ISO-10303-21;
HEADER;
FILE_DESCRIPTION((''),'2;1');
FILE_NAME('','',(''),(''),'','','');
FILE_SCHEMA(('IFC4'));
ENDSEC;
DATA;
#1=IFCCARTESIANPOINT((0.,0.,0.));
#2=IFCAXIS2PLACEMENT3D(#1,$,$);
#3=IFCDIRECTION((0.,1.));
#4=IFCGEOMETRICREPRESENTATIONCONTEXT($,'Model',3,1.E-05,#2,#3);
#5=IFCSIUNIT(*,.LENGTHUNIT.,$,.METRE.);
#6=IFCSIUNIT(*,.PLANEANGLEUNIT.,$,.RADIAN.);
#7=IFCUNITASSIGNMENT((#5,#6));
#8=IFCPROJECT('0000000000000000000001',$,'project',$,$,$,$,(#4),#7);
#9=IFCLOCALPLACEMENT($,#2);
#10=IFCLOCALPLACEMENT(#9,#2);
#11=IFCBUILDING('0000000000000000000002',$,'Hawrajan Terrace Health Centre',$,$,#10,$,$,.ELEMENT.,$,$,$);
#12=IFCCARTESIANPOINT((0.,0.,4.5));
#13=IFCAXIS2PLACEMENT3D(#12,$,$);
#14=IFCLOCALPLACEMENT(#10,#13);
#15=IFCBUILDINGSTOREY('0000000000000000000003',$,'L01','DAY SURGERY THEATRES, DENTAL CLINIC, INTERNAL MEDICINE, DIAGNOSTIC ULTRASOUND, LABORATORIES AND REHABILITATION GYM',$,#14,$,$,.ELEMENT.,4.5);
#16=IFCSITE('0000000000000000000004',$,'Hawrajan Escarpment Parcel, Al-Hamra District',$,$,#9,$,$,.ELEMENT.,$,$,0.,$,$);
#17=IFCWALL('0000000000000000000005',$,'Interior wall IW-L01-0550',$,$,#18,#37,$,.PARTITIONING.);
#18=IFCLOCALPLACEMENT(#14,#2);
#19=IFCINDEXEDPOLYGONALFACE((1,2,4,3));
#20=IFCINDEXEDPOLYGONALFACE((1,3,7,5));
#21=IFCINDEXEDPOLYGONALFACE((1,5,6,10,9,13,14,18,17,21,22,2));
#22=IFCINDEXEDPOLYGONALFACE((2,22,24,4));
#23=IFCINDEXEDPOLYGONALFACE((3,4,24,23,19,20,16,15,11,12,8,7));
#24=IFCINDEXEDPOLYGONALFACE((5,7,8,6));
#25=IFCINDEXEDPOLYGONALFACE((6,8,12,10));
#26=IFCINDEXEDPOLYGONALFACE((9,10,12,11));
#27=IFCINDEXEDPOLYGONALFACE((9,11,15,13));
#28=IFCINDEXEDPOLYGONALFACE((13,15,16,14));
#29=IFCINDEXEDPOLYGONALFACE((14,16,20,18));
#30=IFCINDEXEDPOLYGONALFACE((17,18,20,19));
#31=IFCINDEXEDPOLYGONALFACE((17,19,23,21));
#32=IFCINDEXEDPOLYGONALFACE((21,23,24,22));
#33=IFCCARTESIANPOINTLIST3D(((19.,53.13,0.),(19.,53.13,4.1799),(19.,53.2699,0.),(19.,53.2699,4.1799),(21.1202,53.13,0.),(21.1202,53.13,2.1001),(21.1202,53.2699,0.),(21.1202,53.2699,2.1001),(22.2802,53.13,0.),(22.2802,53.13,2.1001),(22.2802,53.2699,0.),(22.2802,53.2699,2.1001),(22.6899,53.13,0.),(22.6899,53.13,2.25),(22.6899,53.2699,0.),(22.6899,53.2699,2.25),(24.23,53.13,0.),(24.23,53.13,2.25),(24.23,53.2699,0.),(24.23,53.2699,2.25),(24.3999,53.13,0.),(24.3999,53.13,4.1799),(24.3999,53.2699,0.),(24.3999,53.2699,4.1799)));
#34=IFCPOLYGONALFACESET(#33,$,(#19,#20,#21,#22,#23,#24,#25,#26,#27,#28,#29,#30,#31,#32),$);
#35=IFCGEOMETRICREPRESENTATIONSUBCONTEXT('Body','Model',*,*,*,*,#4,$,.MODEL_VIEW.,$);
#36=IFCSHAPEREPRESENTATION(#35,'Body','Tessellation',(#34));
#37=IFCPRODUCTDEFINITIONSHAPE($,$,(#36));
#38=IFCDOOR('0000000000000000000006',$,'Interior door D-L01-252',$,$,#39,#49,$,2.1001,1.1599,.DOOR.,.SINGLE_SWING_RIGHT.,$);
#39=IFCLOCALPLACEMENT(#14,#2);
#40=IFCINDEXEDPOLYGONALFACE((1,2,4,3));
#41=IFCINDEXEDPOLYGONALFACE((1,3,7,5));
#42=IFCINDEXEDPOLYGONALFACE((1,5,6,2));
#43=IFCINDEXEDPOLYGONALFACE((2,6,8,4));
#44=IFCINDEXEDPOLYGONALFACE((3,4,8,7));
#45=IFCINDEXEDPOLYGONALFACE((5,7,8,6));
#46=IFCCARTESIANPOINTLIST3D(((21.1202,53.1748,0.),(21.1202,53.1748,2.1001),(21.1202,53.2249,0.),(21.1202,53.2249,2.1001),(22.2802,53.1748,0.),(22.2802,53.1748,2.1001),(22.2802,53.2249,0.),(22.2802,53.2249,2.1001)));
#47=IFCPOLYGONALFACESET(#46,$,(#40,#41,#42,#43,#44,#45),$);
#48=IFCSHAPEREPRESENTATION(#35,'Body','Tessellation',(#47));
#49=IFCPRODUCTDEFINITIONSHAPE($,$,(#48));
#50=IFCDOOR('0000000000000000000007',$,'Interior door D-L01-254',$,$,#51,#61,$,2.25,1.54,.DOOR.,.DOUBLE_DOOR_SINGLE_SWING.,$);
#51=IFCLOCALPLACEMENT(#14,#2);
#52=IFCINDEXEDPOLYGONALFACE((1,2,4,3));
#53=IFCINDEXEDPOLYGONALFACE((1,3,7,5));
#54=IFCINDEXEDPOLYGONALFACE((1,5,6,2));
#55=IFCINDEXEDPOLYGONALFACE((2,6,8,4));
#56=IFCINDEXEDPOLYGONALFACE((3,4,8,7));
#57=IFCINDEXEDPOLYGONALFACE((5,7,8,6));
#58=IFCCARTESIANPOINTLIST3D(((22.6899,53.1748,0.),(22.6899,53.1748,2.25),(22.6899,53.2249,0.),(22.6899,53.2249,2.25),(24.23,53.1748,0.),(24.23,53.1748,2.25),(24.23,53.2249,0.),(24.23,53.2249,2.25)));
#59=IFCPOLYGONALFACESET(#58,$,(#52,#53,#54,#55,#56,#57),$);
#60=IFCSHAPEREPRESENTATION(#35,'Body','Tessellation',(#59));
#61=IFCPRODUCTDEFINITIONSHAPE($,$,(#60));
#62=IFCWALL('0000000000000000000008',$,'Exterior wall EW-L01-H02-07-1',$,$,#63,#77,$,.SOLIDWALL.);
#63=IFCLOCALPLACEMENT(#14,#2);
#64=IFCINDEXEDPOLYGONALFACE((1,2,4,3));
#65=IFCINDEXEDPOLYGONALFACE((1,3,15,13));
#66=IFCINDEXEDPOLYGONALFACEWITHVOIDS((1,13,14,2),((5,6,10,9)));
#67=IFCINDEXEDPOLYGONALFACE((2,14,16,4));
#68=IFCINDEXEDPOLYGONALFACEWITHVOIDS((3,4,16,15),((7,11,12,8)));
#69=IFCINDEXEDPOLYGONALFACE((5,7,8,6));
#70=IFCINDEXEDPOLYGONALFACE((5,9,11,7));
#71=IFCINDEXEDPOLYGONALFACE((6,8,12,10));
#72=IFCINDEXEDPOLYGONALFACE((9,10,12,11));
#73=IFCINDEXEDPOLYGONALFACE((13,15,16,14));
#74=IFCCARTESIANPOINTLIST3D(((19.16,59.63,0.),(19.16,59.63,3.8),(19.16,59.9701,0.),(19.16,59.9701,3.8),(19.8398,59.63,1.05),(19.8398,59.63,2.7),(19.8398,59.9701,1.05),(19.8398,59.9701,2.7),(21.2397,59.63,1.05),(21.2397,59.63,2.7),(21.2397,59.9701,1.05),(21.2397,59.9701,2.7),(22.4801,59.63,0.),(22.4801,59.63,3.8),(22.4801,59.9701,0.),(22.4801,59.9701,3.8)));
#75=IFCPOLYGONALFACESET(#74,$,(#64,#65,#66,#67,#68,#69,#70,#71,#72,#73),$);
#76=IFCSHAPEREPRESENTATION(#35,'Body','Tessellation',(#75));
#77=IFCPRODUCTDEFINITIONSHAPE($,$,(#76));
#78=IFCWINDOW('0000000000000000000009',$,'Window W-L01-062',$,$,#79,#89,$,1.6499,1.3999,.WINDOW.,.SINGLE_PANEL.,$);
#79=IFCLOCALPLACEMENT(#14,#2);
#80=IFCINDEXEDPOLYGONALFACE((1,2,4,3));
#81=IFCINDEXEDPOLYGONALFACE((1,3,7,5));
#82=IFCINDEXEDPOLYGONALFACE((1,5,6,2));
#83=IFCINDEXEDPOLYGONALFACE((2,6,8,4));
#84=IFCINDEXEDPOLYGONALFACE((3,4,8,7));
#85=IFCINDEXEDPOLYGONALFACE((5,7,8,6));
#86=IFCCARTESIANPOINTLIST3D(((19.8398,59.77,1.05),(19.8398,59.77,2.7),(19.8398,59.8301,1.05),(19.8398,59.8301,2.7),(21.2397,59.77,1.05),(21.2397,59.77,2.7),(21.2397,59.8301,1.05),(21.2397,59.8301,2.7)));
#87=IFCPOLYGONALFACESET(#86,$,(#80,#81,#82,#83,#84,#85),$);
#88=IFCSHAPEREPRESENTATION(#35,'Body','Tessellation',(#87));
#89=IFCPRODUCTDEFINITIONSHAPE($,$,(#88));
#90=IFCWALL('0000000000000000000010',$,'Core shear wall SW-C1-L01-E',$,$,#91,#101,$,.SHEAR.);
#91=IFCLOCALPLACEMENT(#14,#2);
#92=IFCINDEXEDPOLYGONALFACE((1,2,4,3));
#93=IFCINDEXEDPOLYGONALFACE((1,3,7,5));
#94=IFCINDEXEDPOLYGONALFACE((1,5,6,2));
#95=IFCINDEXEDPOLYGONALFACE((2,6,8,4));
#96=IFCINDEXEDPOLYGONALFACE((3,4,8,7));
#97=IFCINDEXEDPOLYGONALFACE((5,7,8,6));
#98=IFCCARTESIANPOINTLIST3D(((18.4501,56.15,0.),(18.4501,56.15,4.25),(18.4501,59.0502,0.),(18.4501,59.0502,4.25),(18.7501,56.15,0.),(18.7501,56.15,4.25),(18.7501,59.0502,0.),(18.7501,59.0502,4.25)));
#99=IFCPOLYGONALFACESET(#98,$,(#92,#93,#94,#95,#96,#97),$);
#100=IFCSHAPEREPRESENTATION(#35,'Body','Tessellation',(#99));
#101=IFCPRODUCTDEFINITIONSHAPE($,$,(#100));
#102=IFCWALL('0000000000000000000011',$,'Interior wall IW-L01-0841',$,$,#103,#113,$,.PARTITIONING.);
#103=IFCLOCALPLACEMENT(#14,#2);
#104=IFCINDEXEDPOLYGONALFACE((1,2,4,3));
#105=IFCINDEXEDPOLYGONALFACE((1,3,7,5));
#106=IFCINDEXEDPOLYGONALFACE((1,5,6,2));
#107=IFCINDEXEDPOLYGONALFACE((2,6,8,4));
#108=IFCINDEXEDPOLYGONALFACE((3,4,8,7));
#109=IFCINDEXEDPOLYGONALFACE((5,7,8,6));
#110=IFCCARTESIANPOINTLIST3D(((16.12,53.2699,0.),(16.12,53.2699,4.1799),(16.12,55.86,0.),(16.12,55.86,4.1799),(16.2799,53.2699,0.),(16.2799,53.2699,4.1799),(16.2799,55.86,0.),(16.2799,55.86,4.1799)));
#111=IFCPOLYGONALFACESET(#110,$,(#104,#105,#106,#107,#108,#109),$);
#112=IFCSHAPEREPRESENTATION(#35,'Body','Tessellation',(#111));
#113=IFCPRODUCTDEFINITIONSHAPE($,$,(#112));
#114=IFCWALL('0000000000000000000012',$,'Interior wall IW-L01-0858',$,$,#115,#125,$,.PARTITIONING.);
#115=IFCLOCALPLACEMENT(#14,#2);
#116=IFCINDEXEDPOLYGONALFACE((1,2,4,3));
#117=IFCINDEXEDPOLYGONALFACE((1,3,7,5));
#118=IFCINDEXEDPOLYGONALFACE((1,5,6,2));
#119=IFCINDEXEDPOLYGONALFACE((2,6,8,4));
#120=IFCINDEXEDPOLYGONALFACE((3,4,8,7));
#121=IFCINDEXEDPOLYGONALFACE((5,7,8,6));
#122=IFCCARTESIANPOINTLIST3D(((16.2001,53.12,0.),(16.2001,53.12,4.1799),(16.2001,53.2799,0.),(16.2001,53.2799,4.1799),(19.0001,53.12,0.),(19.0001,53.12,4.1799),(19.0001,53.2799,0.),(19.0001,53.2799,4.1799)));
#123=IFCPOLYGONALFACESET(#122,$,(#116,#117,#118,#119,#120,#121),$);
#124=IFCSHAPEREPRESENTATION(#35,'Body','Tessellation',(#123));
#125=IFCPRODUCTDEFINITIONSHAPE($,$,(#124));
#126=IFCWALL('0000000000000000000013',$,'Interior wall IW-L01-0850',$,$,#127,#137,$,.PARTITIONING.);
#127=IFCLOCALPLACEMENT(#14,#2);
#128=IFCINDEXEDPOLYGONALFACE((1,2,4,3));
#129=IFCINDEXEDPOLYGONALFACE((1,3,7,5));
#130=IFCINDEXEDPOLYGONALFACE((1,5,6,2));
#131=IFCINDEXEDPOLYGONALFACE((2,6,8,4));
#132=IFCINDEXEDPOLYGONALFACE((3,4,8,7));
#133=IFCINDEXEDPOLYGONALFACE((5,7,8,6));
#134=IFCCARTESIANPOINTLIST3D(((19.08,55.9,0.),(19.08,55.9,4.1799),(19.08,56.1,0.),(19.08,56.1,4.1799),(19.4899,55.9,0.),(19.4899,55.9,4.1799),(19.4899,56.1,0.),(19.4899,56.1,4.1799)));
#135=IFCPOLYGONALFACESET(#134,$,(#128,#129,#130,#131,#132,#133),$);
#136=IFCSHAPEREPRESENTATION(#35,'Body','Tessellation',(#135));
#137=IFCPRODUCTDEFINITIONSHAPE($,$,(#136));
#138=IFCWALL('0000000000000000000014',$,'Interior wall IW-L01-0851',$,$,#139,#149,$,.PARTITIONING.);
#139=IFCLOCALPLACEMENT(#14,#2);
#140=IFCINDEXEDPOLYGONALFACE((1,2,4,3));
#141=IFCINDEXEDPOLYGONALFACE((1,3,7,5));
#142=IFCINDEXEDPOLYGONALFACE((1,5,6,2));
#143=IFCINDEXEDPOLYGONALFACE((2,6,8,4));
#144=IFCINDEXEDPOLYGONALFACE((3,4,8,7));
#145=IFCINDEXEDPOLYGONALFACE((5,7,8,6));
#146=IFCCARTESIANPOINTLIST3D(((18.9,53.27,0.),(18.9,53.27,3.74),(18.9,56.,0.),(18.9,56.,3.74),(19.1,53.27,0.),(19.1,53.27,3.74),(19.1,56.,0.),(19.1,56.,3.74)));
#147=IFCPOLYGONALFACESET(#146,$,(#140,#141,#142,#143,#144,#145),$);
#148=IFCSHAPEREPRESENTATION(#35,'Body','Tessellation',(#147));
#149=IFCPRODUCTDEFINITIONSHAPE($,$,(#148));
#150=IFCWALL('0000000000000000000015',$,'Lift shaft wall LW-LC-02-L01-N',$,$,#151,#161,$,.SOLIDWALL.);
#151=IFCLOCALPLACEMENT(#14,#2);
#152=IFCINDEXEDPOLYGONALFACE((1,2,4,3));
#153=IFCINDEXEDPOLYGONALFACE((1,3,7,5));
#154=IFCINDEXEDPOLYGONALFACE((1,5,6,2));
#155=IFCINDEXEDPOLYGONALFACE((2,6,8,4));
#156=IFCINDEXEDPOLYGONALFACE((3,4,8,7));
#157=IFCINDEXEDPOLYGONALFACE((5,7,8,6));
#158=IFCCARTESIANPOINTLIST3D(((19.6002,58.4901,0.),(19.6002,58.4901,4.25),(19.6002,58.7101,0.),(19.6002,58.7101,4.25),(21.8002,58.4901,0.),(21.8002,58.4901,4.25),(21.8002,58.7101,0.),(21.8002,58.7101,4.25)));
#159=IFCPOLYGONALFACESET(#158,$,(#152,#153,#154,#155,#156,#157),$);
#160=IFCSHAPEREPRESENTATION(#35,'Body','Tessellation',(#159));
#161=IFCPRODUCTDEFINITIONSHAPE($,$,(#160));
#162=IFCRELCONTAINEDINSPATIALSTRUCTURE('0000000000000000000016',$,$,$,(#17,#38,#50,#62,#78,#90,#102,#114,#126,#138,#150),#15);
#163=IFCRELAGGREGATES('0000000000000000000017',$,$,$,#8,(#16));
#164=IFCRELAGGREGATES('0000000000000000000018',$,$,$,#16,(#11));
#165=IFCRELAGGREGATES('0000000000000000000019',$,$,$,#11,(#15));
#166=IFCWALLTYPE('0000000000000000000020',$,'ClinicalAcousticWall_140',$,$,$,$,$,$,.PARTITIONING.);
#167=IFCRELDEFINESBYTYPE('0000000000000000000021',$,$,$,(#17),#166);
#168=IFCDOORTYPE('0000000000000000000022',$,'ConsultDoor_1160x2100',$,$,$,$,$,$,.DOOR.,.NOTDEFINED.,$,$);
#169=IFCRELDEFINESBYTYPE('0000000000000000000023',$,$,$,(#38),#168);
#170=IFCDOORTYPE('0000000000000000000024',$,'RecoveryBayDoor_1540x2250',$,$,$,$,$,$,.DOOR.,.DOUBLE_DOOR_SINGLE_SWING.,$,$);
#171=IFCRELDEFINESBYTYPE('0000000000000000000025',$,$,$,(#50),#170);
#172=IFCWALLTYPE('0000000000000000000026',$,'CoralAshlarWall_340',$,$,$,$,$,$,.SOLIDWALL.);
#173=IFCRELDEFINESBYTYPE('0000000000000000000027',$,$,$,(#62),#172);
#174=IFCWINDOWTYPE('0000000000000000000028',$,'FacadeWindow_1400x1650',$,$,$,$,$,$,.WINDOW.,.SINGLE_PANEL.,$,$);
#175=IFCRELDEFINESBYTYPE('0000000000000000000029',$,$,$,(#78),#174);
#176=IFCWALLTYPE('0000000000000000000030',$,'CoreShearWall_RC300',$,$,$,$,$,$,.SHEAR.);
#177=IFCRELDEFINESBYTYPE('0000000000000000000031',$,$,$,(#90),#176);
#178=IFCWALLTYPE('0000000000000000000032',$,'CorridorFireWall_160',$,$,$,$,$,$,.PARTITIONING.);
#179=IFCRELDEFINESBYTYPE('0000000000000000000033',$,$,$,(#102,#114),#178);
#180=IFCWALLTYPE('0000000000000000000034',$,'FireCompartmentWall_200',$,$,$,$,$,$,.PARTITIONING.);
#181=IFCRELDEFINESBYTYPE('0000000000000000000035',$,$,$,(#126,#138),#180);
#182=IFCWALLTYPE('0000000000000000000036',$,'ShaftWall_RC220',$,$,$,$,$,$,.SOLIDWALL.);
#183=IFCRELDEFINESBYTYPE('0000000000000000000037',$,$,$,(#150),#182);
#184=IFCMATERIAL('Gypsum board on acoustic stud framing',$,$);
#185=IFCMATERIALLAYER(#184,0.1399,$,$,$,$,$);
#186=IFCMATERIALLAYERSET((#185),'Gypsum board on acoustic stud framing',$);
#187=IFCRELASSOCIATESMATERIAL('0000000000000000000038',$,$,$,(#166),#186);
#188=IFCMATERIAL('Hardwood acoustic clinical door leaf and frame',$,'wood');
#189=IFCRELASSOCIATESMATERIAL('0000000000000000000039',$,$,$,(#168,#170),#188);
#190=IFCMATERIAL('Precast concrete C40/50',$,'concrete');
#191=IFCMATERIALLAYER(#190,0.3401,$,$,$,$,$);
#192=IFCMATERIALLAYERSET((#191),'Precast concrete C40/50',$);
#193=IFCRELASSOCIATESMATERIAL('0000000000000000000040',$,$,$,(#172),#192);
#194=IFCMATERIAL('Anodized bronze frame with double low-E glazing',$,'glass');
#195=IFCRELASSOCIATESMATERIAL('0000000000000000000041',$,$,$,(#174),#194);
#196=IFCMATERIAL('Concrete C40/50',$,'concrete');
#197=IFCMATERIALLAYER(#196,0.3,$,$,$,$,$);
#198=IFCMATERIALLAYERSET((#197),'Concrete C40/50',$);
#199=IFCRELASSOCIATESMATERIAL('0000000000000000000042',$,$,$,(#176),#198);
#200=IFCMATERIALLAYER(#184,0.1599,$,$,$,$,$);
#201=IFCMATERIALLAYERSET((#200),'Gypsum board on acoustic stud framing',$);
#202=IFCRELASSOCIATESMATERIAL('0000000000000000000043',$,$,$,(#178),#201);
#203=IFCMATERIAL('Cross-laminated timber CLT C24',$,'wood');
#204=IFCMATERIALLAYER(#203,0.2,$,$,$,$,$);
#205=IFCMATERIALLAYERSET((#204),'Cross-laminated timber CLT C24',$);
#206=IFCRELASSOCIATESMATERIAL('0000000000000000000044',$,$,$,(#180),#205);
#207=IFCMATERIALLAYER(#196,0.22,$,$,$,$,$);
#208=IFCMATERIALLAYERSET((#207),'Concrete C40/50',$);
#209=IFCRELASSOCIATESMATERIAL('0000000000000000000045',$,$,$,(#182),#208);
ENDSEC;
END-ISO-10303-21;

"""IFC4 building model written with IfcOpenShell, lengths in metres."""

from ifc_helpers import new_model, si_unit, direction, frame, frame_2d, origin, place, context, subcontext, project, spatial, rectangle, extrude, material, layer, layer_set, type_object, element, fill, save


model = new_model("IFC4")

# Units and contexts
model_context = context("Model", 3, precision=1e-05, world=origin(), true_north=direction((0.0, 1.0)))
body_context = subcontext(model_context, "Body", "Model", "MODEL_VIEW")
ifc_project = project(units=[si_unit("LENGTHUNIT", "METRE"), si_unit("PLANEANGLEUNIT", "RADIAN")], contexts=[model_context])

# Site, building, storey
site_placement = place(None, origin())
site = spatial("IfcSite", under=ifc_project, at=site_placement, Name="Hawrajan Escarpment Parcel, Al-Hamra District", CompositionType="ELEMENT", RefElevation=0.0)
building_placement = place(site_placement, origin())
building = spatial("IfcBuilding", under=site, at=building_placement, Name="Hawrajan Terrace Health Centre", CompositionType="ELEMENT")
storey_placement = place(building_placement, frame((0.0, 0.0, 4.5)))
storey = spatial("IfcBuildingStorey", under=building, at=storey_placement, Name="L01", Description="DAY SURGERY THEATRES, DENTAL CLINIC, INTERNAL MEDICINE, DIAGNOSTIC ULTRASOUND, LABORATORIES AND REHABILITATION GYM", CompositionType="ELEMENT", Elevation=4.5)

# Shared definitions
ifc_material_1 = material(Name="Concrete C40/50", Category="concrete")

# Wall, openings, doors
ifc_material_2 = material(Name="Gypsum board on acoustic stud framing")
ifc_layer_1 = layer(ifc_material_2, 0.1399)
ifc_layer_set_1 = layer_set([ifc_layer_1], Name="Gypsum board on acoustic stud framing")
wall_type_1 = type_object("IfcWallType", Name="ClinicalAcousticWall_140", PredefinedType="PARTITIONING", material=ifc_layer_set_1)
wall_1_placement = place(storey_placement, frame((19.0, 53.2, 0.0), z_axis=(0.0, 0.0, 1.0), x_axis=(1.0, 0.0, 0.0)))
wall_1 = element("IfcWall", 1, at=wall_1_placement, inside=storey, type_object=wall_type_1, Name="Interior wall IW-L01-0550", PredefinedType="PARTITIONING", context=body_context, shape_type="SweptSolid", body=[
    extrude(rectangle(XDim=5.3999, YDim=0.1399, at=frame_2d((2.7, 0.0))), origin(), (0.0, 0.0, 1.0), 4.1799),
])
opening_1_placement = place(wall_1_placement, frame((2.1201, 0.0, 0.0)))
opening_1 = element("IfcOpeningElement", 2, at=opening_1_placement, cuts=wall_1, PredefinedType="OPENING", context=body_context, shape_type="SweptSolid", body=[
    extrude(rectangle(XDim=1.1599, YDim=2.1001, at=frame_2d((0.5801, 1.05))), frame((0.0, 0.0798, 0.0), z_axis=(0.0, -1.0, 0.0), x_axis=(1.0, 0.0, 0.0)), (0.0, 0.0, 1.0), 0.1599),
])
opening_2_placement = place(wall_1_placement, frame((3.6899, 0.0, 0.0)))
opening_2 = element("IfcOpeningElement", 3, at=opening_2_placement, cuts=wall_1, PredefinedType="OPENING", context=body_context, shape_type="SweptSolid", body=[
    extrude(rectangle(XDim=1.54, YDim=2.25, at=frame_2d((0.77, 1.125))), frame((0.0, 0.0798, 0.0), z_axis=(0.0, -1.0, 0.0), x_axis=(1.0, 0.0, 0.0)), (0.0, 0.0, 1.0), 0.1599),
])
ifc_material_3 = material(Name="Hardwood acoustic clinical door leaf and frame", Category="wood")
door_type_1 = type_object("IfcDoorType", Name="ConsultDoor_1160x2100", OperationType="NOTDEFINED", PredefinedType="DOOR", material=ifc_material_3)
door_1_placement = place(opening_1_placement, origin())
door_1 = element("IfcDoor", 4, at=door_1_placement, inside=storey, type_object=door_type_1, Name="Interior door D-L01-252", OperationType="SINGLE_SWING_RIGHT", OverallHeight=2.1001, OverallWidth=1.1599, PredefinedType="DOOR", context=body_context, shape_type="SweptSolid", body=[
    extrude(rectangle(XDim=1.1599, YDim=2.1001, at=frame_2d((0.5801, 1.05))), frame((0.0, 0.0249, 0.0), z_axis=(0.0, -1.0, 0.0), x_axis=(1.0, 0.0, 0.0)), (0.0, 0.0, 1.0), 0.05),
])
fill(opening_1, door_1)
door_type_2 = type_object("IfcDoorType", Name="RecoveryBayDoor_1540x2250", OperationType="DOUBLE_DOOR_SINGLE_SWING", PredefinedType="DOOR", material=ifc_material_3)
door_2_placement = place(opening_2_placement, origin())
door_2 = element("IfcDoor", 5, at=door_2_placement, inside=storey, type_object=door_type_2, Name="Interior door D-L01-254", OperationType="DOUBLE_DOOR_SINGLE_SWING", OverallHeight=2.25, OverallWidth=1.54, PredefinedType="DOOR", context=body_context, shape_type="SweptSolid", body=[
    extrude(rectangle(XDim=1.54, YDim=2.25, at=frame_2d((0.77, 1.125))), frame((0.0, 0.0249, 0.0), z_axis=(0.0, -1.0, 0.0), x_axis=(1.0, 0.0, 0.0)), (0.0, 0.0, 1.0), 0.05),
])
fill(opening_2, door_2)

# Wall, opening, window
ifc_material_4 = material(Name="Precast concrete C40/50", Category="concrete")
ifc_layer_2 = layer(ifc_material_4, 0.3401)
ifc_layer_set_2 = layer_set([ifc_layer_2], Name="Precast concrete C40/50")
wall_type_2 = type_object("IfcWallType", Name="CoralAshlarWall_340", PredefinedType="SOLIDWALL", material=ifc_layer_set_2)
wall_2_placement = place(storey_placement, frame((19.1599, 59.8, 0.0), z_axis=(0.0, 0.0, 1.0), x_axis=(1.0, 0.0, 0.0)))
wall_2 = element("IfcWall", 6, at=wall_2_placement, inside=storey, type_object=wall_type_2, Name="Exterior wall EW-L01-H02-07-1", PredefinedType="SOLIDWALL", context=body_context, shape_type="SweptSolid", body=[
    extrude(rectangle(XDim=3.3201, YDim=0.3401, at=frame_2d((1.6602, 0.0))), origin(), (0.0, 0.0, 1.0), 3.8),
])
opening_3_placement = place(wall_2_placement, frame((0.6799, 0.0, 1.05)))
opening_3 = element("IfcOpeningElement", 7, at=opening_3_placement, cuts=wall_2, PredefinedType="OPENING", context=body_context, shape_type="SweptSolid", body=[
    extrude(rectangle(XDim=1.3999, YDim=1.6499, at=frame_2d((0.7, 0.825))), frame((0.0, 0.1799, 0.0), z_axis=(0.0, -1.0, 0.0), x_axis=(1.0, 0.0, 0.0)), (0.0, 0.0, 1.0), 0.3601),
])
ifc_material_5 = material(Name="Anodized bronze frame with double low-E glazing", Category="glass")
window_type = type_object("IfcWindowType", Name="FacadeWindow_1400x1650", PartitioningType="SINGLE_PANEL", PredefinedType="WINDOW", material=ifc_material_5)
window_placement = place(opening_3_placement, origin())
window = element("IfcWindow", 8, at=window_placement, inside=storey, type_object=window_type, Name="Window W-L01-062", OverallHeight=1.6499, OverallWidth=1.3999, PartitioningType="SINGLE_PANEL", PredefinedType="WINDOW", context=body_context, shape_type="SweptSolid", body=[
    extrude(rectangle(XDim=1.3999, YDim=1.6499, at=frame_2d((0.7, 0.825))), frame((0.0, 0.03, 0.0), z_axis=(0.0, -1.0, 0.0), x_axis=(1.0, 0.0, 0.0)), (0.0, 0.0, 1.0), 0.0601),
])
fill(opening_3, window)

# Walls
ifc_layer_3 = layer(ifc_material_1, 0.3)
ifc_layer_set_3 = layer_set([ifc_layer_3], Name="Concrete C40/50")
wall_type_3 = type_object("IfcWallType", Name="CoreShearWall_RC300", PredefinedType="SHEAR", material=ifc_layer_set_3)
wall_3_placement = place(storey_placement, frame((18.6001, 56.1499, 0.0), z_axis=(0.0, 0.0, 1.0), x_axis=(0.0, 1.0, 0.0)))
element("IfcWall", 9, at=wall_3_placement, inside=storey, type_object=wall_type_3, Name="Core shear wall SW-C1-L01-E", PredefinedType="SHEAR", context=body_context, shape_type="SweptSolid", body=[
    extrude(rectangle(XDim=2.9001, YDim=0.3, at=frame_2d((1.4502, 0.0))), origin(), (0.0, 0.0, 1.0), 4.25),
])
ifc_layer_4 = layer(ifc_material_2, 0.1599)
ifc_layer_set_4 = layer_set([ifc_layer_4], Name="Gypsum board on acoustic stud framing")
wall_type_4 = type_object("IfcWallType", Name="CorridorFireWall_160", PredefinedType="PARTITIONING", material=ifc_layer_set_4)
wall_4_placement = place(storey_placement, frame((16.2, 53.27, 0.0), z_axis=(0.0, 0.0, 1.0), x_axis=(0.0, 1.0, 0.0)))
element("IfcWall", 10, at=wall_4_placement, inside=storey, type_object=wall_type_4, Name="Interior wall IW-L01-0841", PredefinedType="PARTITIONING", context=body_context, shape_type="SweptSolid", body=[
    extrude(rectangle(XDim=2.5901, YDim=0.1599, at=frame_2d((1.2949, 0.0))), origin(), (0.0, 0.0, 1.0), 4.1799),
])
wall_5_placement = place(storey_placement, frame((19.0, 53.2, 0.0), z_axis=(0.0, 0.0, 1.0), x_axis=(-1.0, 0.0, 0.0)))
element("IfcWall", 11, at=wall_5_placement, inside=storey, type_object=wall_type_4, Name="Interior wall IW-L01-0858", PredefinedType="PARTITIONING", context=body_context, shape_type="SweptSolid", body=[
    extrude(rectangle(XDim=2.8, YDim=0.1599, at=frame_2d((1.3999, 0.0))), origin(), (0.0, 0.0, 1.0), 4.1799),
])
ifc_material_6 = material(Name="Cross-laminated timber CLT C24", Category="wood")
ifc_layer_5 = layer(ifc_material_6, 0.2)
ifc_layer_set_5 = layer_set([ifc_layer_5], Name="Cross-laminated timber CLT C24")
wall_type_5 = type_object("IfcWallType", Name="FireCompartmentWall_200", PredefinedType="PARTITIONING", material=ifc_layer_set_5)
wall_6_placement = place(storey_placement, frame((19.49, 56.0, 0.0), z_axis=(0.0, 0.0, 1.0), x_axis=(-1.0, 0.0, 0.0)))
element("IfcWall", 12, at=wall_6_placement, inside=storey, type_object=wall_type_5, Name="Interior wall IW-L01-0850", PredefinedType="PARTITIONING", context=body_context, shape_type="SweptSolid", body=[
    extrude(rectangle(XDim=0.4099, YDim=0.2, at=frame_2d((0.2051, 0.0))), origin(), (0.0, 0.0, 1.0), 4.1799),
])
wall_7_placement = place(storey_placement, frame((19.0, 53.27, 0.0), z_axis=(0.0, 0.0, 1.0), x_axis=(0.0, 1.0, 0.0)))
element("IfcWall", 13, at=wall_7_placement, inside=storey, type_object=wall_type_5, Name="Interior wall IW-L01-0851", PredefinedType="PARTITIONING", context=body_context, shape_type="SweptSolid", body=[
    extrude(rectangle(XDim=2.73, YDim=0.2, at=frame_2d((1.365, 0.0))), origin(), (0.0, 0.0, 1.0), 3.74),
])

# Shared definitions
ifc_layer_6 = layer(ifc_material_1, 0.22)
ifc_layer_set_6 = layer_set([ifc_layer_6], Name="Concrete C40/50")
wall_type_6 = type_object("IfcWallType", Name="ShaftWall_RC220", PredefinedType="SOLIDWALL", material=ifc_layer_set_6)

# Wall
wall_8_placement = place(storey_placement, frame((19.6001, 58.6001, 0.0), z_axis=(0.0, 0.0, 1.0), x_axis=(1.0, 0.0, 0.0)))
element("IfcWall", 14, at=wall_8_placement, inside=storey, type_object=wall_type_6, Name="Lift shaft wall LW-LC-02-L01-N", PredefinedType="SOLIDWALL", context=body_context, shape_type="SweptSolid", body=[
    extrude(rectangle(XDim=2.2, YDim=0.22, at=frame_2d((1.1001, 0.0))), origin(), (0.0, 0.0, 1.0), 4.25),
])

save(model, "model.ifc")
